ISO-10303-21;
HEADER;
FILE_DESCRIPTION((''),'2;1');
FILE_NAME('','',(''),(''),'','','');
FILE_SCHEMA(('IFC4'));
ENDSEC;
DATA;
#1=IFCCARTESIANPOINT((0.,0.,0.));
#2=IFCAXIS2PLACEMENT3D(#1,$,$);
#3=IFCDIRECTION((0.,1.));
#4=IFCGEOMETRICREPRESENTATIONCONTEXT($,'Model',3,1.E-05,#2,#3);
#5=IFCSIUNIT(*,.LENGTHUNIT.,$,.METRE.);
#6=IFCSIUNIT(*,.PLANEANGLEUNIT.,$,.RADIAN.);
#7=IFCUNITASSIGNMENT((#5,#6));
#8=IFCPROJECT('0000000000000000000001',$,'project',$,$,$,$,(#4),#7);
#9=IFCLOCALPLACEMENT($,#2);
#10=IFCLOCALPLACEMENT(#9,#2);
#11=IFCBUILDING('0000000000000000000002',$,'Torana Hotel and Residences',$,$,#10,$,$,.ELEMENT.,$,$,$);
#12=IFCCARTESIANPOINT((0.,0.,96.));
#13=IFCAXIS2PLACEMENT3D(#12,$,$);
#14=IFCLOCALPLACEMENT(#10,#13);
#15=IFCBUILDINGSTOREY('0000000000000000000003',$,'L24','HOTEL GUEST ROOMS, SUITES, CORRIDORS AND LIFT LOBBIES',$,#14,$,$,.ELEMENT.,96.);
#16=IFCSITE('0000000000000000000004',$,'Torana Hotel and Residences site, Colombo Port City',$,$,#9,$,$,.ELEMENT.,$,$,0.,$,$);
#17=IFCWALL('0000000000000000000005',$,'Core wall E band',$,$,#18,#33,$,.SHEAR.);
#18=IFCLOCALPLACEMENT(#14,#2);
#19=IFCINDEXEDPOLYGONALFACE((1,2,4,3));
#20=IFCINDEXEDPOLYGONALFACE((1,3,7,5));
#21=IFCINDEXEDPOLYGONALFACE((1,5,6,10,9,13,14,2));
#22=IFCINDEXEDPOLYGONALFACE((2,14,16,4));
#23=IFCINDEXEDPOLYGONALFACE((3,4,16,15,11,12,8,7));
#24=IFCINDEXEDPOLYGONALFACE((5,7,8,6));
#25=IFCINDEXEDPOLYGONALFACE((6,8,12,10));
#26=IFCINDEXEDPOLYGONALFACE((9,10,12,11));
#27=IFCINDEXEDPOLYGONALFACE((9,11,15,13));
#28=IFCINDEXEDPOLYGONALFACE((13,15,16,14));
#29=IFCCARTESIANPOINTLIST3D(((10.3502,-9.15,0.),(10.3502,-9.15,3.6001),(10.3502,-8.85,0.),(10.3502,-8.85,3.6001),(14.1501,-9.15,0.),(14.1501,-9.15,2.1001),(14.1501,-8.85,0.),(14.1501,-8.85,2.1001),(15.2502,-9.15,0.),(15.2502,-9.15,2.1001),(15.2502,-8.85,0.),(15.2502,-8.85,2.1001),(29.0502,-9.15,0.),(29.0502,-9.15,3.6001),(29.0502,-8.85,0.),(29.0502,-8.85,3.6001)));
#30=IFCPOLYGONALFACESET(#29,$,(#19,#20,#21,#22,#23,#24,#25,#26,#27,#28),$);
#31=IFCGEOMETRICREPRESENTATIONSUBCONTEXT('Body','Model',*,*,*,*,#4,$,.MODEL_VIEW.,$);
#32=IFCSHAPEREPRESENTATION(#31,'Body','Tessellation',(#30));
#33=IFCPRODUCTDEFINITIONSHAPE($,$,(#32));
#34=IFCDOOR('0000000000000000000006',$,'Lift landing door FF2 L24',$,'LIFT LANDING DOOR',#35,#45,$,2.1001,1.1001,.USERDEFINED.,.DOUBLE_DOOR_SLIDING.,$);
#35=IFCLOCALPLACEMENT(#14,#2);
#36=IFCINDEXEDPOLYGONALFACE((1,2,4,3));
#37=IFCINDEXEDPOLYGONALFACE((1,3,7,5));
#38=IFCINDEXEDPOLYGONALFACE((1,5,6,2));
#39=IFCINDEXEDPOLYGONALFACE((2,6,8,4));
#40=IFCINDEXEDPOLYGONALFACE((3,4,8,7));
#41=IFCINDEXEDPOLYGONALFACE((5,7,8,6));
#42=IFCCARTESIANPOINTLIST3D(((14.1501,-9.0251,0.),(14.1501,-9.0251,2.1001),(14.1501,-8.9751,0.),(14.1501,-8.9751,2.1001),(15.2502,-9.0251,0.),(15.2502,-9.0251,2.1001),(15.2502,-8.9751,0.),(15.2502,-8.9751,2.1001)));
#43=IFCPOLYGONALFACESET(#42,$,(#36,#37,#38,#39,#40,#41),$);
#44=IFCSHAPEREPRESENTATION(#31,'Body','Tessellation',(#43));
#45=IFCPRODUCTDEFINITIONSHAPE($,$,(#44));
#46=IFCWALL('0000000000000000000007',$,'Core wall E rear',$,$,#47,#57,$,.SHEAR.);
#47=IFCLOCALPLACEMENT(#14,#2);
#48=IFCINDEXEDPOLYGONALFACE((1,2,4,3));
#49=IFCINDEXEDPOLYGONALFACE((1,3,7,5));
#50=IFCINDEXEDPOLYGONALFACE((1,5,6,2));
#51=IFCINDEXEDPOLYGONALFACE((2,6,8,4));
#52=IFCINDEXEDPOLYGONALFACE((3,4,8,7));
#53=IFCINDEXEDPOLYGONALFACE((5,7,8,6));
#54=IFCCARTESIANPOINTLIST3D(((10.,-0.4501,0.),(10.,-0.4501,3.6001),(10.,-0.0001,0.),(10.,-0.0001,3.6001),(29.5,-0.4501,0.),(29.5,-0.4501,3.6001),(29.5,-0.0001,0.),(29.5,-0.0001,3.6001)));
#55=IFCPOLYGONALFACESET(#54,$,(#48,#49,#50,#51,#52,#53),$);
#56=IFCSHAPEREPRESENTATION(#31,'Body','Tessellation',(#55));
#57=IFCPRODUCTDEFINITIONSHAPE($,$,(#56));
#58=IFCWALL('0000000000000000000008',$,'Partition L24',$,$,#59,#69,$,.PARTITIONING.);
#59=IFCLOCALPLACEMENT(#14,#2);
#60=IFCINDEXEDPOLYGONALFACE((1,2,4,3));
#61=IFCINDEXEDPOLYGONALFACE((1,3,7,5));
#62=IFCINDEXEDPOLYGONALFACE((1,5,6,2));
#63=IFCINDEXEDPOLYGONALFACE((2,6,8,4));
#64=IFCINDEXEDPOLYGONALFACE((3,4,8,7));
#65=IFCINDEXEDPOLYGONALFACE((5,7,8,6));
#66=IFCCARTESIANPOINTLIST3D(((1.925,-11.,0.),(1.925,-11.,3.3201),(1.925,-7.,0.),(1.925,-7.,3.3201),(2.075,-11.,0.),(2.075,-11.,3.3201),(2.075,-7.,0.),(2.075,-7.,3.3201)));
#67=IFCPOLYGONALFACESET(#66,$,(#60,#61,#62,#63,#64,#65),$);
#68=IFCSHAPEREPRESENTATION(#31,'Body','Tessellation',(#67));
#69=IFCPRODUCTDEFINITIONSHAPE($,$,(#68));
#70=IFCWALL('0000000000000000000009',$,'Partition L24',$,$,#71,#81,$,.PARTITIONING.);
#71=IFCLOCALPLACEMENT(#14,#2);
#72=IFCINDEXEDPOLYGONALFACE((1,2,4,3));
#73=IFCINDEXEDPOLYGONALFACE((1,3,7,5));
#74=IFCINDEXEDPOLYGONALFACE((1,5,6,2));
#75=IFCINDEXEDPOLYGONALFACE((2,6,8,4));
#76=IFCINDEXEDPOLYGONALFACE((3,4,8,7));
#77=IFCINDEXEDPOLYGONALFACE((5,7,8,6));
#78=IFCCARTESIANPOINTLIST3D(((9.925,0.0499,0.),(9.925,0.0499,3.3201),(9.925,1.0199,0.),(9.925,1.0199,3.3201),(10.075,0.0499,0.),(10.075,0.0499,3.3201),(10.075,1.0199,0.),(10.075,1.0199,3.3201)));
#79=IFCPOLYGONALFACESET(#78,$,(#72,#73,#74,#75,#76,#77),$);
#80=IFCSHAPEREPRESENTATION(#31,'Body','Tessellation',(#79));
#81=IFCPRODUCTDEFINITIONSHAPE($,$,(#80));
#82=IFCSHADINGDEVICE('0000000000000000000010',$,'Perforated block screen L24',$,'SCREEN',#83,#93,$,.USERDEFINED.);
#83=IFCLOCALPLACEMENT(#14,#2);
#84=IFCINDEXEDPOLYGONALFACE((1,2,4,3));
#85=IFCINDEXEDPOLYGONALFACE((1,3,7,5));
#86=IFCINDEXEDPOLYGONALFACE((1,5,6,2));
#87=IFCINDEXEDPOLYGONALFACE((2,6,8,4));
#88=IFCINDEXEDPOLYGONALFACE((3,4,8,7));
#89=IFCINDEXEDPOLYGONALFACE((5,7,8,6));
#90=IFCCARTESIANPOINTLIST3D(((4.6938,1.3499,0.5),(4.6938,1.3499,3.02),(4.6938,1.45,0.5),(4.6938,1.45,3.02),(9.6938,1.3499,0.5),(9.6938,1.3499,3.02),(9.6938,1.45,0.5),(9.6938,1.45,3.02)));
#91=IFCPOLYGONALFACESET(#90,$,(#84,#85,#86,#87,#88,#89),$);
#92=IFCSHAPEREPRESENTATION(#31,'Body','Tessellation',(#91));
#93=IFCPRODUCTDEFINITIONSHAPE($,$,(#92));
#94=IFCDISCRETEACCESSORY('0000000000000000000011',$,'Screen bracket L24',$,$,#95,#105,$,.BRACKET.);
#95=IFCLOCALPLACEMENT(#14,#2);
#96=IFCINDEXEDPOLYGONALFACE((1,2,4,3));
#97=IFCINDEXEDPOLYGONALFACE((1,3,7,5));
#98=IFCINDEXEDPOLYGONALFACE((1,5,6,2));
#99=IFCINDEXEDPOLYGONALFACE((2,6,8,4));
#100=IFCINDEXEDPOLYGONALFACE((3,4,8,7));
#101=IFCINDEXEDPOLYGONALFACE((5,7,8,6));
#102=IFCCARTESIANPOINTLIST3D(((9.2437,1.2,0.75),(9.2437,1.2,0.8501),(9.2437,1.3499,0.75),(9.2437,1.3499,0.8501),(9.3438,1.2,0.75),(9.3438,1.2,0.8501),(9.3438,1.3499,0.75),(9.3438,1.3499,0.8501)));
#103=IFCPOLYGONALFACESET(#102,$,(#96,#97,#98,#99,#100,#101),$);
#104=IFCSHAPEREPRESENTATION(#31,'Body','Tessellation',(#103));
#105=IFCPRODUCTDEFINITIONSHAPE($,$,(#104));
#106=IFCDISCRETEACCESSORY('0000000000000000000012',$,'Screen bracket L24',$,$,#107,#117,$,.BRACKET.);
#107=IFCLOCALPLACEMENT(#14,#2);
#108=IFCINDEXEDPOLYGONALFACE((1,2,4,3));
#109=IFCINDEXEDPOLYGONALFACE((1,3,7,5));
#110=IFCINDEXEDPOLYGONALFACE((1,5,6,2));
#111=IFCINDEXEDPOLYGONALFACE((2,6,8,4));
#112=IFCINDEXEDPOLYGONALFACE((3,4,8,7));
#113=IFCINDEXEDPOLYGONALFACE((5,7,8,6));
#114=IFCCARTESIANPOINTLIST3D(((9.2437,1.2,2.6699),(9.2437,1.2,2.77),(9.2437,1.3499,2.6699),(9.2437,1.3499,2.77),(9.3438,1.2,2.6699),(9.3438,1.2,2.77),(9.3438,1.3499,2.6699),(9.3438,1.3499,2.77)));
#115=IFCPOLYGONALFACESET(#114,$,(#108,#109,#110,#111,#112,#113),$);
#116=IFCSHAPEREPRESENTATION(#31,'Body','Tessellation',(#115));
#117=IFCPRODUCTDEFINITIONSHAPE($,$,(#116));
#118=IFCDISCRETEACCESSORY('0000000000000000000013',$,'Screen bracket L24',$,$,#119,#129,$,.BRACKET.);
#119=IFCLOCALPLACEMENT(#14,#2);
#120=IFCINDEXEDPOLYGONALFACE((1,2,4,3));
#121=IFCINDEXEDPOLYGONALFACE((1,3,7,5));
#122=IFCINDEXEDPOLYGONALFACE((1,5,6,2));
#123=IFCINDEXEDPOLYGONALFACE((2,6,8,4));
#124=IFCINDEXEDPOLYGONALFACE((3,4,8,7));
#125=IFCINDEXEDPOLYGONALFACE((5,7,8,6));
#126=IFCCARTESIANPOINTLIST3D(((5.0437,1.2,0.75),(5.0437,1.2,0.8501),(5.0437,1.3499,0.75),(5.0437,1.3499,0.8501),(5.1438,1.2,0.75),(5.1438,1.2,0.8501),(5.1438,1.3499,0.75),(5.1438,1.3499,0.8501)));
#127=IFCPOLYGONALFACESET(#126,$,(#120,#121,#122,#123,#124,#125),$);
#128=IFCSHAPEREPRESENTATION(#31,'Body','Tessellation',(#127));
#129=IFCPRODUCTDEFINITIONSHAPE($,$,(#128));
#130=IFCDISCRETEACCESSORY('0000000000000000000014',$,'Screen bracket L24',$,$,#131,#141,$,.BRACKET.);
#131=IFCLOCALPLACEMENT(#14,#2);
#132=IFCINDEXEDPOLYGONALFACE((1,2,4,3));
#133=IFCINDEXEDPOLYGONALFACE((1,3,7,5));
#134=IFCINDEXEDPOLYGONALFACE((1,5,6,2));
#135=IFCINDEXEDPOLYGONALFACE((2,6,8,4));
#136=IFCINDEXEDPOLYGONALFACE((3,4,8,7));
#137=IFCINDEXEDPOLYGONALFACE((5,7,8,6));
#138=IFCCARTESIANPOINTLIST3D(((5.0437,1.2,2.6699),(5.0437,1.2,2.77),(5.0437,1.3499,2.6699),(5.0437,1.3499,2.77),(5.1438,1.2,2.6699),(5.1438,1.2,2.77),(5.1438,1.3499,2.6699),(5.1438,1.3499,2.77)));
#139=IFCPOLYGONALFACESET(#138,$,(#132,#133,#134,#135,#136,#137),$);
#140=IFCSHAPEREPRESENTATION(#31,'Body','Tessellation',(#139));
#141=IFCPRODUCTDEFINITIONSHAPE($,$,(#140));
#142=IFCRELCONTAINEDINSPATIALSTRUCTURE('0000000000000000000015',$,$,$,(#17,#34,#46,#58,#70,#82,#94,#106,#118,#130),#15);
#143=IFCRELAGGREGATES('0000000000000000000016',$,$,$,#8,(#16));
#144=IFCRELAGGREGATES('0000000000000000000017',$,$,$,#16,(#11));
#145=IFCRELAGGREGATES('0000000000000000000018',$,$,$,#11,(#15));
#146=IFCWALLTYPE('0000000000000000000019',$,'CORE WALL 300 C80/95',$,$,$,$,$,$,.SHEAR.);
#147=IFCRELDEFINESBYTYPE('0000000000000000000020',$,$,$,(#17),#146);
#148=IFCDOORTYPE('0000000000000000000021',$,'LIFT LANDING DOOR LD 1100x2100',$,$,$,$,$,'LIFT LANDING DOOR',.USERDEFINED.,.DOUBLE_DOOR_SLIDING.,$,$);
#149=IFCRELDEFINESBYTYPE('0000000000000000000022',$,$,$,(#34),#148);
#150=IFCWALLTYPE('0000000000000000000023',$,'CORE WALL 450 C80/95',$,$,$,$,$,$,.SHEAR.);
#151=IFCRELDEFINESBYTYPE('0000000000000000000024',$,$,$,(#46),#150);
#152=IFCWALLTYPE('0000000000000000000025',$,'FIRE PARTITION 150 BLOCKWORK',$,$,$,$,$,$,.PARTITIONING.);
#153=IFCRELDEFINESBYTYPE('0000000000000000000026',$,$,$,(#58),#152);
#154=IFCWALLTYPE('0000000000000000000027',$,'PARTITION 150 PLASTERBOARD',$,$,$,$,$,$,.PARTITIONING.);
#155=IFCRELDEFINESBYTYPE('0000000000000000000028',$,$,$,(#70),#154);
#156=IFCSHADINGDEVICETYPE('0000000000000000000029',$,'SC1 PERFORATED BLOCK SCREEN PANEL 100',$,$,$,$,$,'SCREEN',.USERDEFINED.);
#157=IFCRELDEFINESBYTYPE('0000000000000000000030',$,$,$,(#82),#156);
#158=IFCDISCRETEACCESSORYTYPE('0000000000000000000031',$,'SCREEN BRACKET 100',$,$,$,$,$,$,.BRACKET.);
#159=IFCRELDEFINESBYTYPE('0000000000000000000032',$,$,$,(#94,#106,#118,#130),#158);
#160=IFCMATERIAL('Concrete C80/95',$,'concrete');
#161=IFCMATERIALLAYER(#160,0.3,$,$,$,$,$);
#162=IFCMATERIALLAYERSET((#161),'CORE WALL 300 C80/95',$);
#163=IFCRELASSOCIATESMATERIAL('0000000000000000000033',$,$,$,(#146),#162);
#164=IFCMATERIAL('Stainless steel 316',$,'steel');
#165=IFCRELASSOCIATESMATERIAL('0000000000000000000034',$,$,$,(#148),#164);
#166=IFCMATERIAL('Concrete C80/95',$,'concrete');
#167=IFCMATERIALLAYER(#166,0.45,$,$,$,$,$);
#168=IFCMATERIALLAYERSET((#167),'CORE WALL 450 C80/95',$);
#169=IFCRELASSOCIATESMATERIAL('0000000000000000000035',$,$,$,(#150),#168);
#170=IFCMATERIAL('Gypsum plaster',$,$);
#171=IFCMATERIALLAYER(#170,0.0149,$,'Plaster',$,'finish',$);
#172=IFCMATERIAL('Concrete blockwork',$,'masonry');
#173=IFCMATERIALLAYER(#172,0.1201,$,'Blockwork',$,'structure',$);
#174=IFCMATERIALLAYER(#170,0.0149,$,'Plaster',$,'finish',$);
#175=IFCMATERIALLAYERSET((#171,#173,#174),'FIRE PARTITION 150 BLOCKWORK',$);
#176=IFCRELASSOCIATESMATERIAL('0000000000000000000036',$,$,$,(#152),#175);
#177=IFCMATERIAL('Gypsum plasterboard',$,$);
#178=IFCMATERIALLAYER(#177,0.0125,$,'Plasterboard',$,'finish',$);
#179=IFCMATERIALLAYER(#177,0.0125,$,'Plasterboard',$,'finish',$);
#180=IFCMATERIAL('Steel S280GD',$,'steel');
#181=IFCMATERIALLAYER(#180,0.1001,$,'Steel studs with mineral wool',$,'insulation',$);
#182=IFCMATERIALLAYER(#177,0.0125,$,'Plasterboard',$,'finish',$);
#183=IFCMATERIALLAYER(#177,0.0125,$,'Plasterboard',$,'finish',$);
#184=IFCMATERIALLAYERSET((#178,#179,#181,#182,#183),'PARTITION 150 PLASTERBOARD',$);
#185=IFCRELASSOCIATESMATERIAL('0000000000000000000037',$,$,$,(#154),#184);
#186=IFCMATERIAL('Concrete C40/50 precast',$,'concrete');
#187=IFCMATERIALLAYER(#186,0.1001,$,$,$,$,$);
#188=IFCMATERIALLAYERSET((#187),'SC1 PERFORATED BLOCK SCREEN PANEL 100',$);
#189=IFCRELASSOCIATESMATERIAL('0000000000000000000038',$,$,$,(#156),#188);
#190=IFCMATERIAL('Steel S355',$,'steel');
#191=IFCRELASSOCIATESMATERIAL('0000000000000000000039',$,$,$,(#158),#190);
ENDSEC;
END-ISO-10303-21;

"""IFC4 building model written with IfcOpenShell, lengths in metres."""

from ifc_helpers import new_model, si_unit, direction, frame, frame_2d, origin, origin_2d, place, context, subcontext, project, spatial, rectangle, extrude, material, layer, layer_set, type_object, element, fill, save


model = new_model("IFC4")

# Units and contexts
model_context = context("Model", 3, precision=1e-05, world=origin(), true_north=direction((0.0, 1.0)))
body_context = subcontext(model_context, "Body", "Model", "MODEL_VIEW")
ifc_project = project(units=[si_unit("LENGTHUNIT", "METRE"), si_unit("PLANEANGLEUNIT", "RADIAN")], contexts=[model_context])

# Site, building, storey
site_placement = place(None, origin())
site = spatial("IfcSite", under=ifc_project, at=site_placement, Name="Torana Hotel and Residences site, Colombo Port City", CompositionType="ELEMENT", RefElevation=0.0)
building_placement = place(site_placement, origin())
building = spatial("IfcBuilding", under=site, at=building_placement, Name="Torana Hotel and Residences", CompositionType="ELEMENT")
storey_placement = place(building_placement, frame((0.0, 0.0, 96.0)))
storey = spatial("IfcBuildingStorey", under=building, at=storey_placement, Name="L24", Description="HOTEL GUEST ROOMS, SUITES, CORRIDORS AND LIFT LOBBIES", CompositionType="ELEMENT", Elevation=96.0)

# Wall, opening, door
ifc_material_1 = material(Name="Concrete C80/95", Category="concrete")
ifc_layer_1 = layer(ifc_material_1, 0.3)
ifc_layer_set_1 = layer_set([ifc_layer_1], Name="CORE WALL 300 C80/95")
wall_type_1 = type_object("IfcWallType", Name="CORE WALL 300 C80/95", PredefinedType="SHEAR", material=ifc_layer_set_1)
wall_1_placement = place(storey_placement, frame((10.3501, -9.0, 0.0), z_axis=(0.0, 0.0, 1.0), x_axis=(1.0, 0.0, 0.0)))
wall_1 = element("IfcWall", 1, at=wall_1_placement, inside=storey, type_object=wall_type_1, Name="Core wall E band", PredefinedType="SHEAR", context=body_context, shape_type="SweptSolid", body=[
    extrude(rectangle(XDim=18.7, YDim=0.3, at=frame_2d((9.3501, 0.0))), origin(), (0.0, 0.0, 1.0), 3.6001),
])
opening_placement = place(wall_1_placement, frame((3.8, 0.0, 0.0)))
opening = element("IfcOpeningElement", 2, at=opening_placement, cuts=wall_1, PredefinedType="OPENING", context=body_context, shape_type="SweptSolid", body=[
    extrude(rectangle(XDim=1.1001, YDim=2.1001, at=frame_2d((0.55, 1.05))), frame((0.0, 0.1599, 0.0), z_axis=(0.0, -1.0, 0.0), x_axis=(1.0, 0.0, 0.0)), (0.0, 0.0, 1.0), 0.3201),
])
ifc_material_2 = material(Name="Stainless steel 316", Category="steel")
door_type = type_object("IfcDoorType", Name="LIFT LANDING DOOR LD 1100x2100", ElementType="LIFT LANDING DOOR", OperationType="DOUBLE_DOOR_SLIDING", PredefinedType="USERDEFINED", material=ifc_material_2)
door_placement = place(opening_placement, origin())
door = element("IfcDoor", 3, at=door_placement, inside=storey, type_object=door_type, Name="Lift landing door FF2 L24", ObjectType="LIFT LANDING DOOR", OperationType="DOUBLE_DOOR_SLIDING", OverallHeight=2.1001, OverallWidth=1.1001, PredefinedType="USERDEFINED", context=body_context, shape_type="SweptSolid", body=[
    extrude(rectangle(XDim=1.1001, YDim=2.1001, at=frame_2d((0.55, 1.05))), frame((0.0, 0.0249, 0.0), z_axis=(0.0, -1.0, 0.0), x_axis=(1.0, 0.0, 0.0)), (0.0, 0.0, 1.0), 0.05),
])
fill(opening, door)

# Walls
ifc_material_3 = material(Name="Concrete C80/95", Category="concrete")
ifc_layer_2 = layer(ifc_material_3, 0.45)
ifc_layer_set_2 = layer_set([ifc_layer_2], Name="CORE WALL 450 C80/95")
wall_type_2 = type_object("IfcWallType", Name="CORE WALL 450 C80/95", PredefinedType="SHEAR", material=ifc_layer_set_2)
wall_2_placement = place(storey_placement, frame((10.0, -0.2251, 0.0), z_axis=(0.0, 0.0, 1.0), x_axis=(1.0, 0.0, 0.0)))
element("IfcWall", 4, at=wall_2_placement, inside=storey, type_object=wall_type_2, Name="Core wall E rear", PredefinedType="SHEAR", context=body_context, shape_type="SweptSolid", body=[
    extrude(rectangle(XDim=19.5, YDim=0.45, at=frame_2d((9.75, 0.0))), origin(), (0.0, 0.0, 1.0), 3.6001),
])
ifc_material_4 = material(Name="Gypsum plaster")
ifc_layer_3 = layer(ifc_material_4, 0.0149, Name="Plaster", Category="finish")
ifc_material_5 = material(Name="Concrete blockwork", Category="masonry")
ifc_layer_4 = layer(ifc_material_5, 0.1201, Name="Blockwork", Category="structure")
ifc_layer_5 = layer(ifc_material_4, 0.0149, Name="Plaster", Category="finish")
ifc_layer_set_3 = layer_set([ifc_layer_3, ifc_layer_4, ifc_layer_5], Name="FIRE PARTITION 150 BLOCKWORK")
wall_type_3 = type_object("IfcWallType", Name="FIRE PARTITION 150 BLOCKWORK", PredefinedType="PARTITIONING", material=ifc_layer_set_3)
wall_3_placement = place(storey_placement, frame((2.0, -11.0, 0.0), z_axis=(0.0, 0.0, 1.0), x_axis=(0.0, 1.0, 0.0)))
element("IfcWall", 5, at=wall_3_placement, inside=storey, type_object=wall_type_3, Name="Partition L24", PredefinedType="PARTITIONING", context=body_context, shape_type="SweptSolid", body=[
    extrude(rectangle(XDim=4.0, YDim=0.1499, at=frame_2d((2.0, 0.0))), origin(), (0.0, 0.0, 1.0), 3.3201),
])
ifc_material_6 = material(Name="Gypsum plasterboard")
ifc_layer_6 = layer(ifc_material_6, 0.0125, Name="Plasterboard", Category="finish")
ifc_layer_7 = layer(ifc_material_6, 0.0125, Name="Plasterboard", Category="finish")
ifc_material_7 = material(Name="Steel S280GD", Category="steel")
ifc_layer_8 = layer(ifc_material_7, 0.1001, Name="Steel studs with mineral wool", Category="insulation")
ifc_layer_9 = layer(ifc_material_6, 0.0125, Name="Plasterboard", Category="finish")
ifc_layer_10 = layer(ifc_material_6, 0.0125, Name="Plasterboard", Category="finish")
ifc_layer_set_4 = layer_set([ifc_layer_6, ifc_layer_7, ifc_layer_8, ifc_layer_9, ifc_layer_10], Name="PARTITION 150 PLASTERBOARD")
wall_type_4 = type_object("IfcWallType", Name="PARTITION 150 PLASTERBOARD", PredefinedType="PARTITIONING", material=ifc_layer_set_4)
wall_4_placement = place(storey_placement, frame((10.0, 0.05, 0.0), z_axis=(0.0, 0.0, 1.0), x_axis=(0.0, 1.0, 0.0)))
element("IfcWall", 6, at=wall_4_placement, inside=storey, type_object=wall_type_4, Name="Partition L24", PredefinedType="PARTITIONING", context=body_context, shape_type="SweptSolid", body=[
    extrude(rectangle(XDim=0.97, YDim=0.1499, at=frame_2d((0.4849, 0.0))), origin(), (0.0, 0.0, 1.0), 3.3201),
])

# Shading device
ifc_material_8 = material(Name="Concrete C40/50 precast", Category="concrete")
ifc_layer_11 = layer(ifc_material_8, 0.1001)
ifc_layer_set_5 = layer_set([ifc_layer_11], Name="SC1 PERFORATED BLOCK SCREEN PANEL 100")
shading_device_type = type_object("IfcShadingDeviceType", Name="SC1 PERFORATED BLOCK SCREEN PANEL 100", ElementType="SCREEN", PredefinedType="USERDEFINED", material=ifc_layer_set_5)
shading_device_placement = place(storey_placement, frame((7.1938, 1.3999, 0.5), z_axis=(0.0, 0.0, 1.0), x_axis=(-1.0, 0.0, 0.0)))
element("IfcShadingDevice", 7, at=shading_device_placement, inside=storey, type_object=shading_device_type, Name="Perforated block screen L24", ObjectType="SCREEN", PredefinedType="USERDEFINED", context=body_context, shape_type="SweptSolid", body=[
    extrude(rectangle(XDim=5.0, YDim=0.1001, at=origin_2d()), origin(), (0.0, 0.0, 1.0), 2.52),
])

# Discrete accessories
ifc_material_9 = material(Name="Steel S355", Category="steel")
discrete_accessory_type = type_object("IfcDiscreteAccessoryType", Name="SCREEN BRACKET 100", PredefinedType="BRACKET", material=ifc_material_9)
for number, where, z_axis, x_axis, name in (
    (8, (9.2937, 1.2749, 0.75), (0.0, 0.0, 1.0), (-1.0, 0.0, 0.0), "Screen bracket L24"),
    (9, (9.2937, 1.2749, 2.6699), (0.0, 0.0, 1.0), (-1.0, 0.0, 0.0), "Screen bracket L24"),
    (10, (5.0938, 1.2749, 0.75), (0.0, 0.0, 1.0), (-1.0, 0.0, 0.0), "Screen bracket L24"),
    (11, (5.0938, 1.2749, 2.6699), (0.0, 0.0, 1.0), (-1.0, 0.0, 0.0), "Screen bracket L24"),
):
    element("IfcDiscreteAccessory", number, at=place(storey_placement, frame(where, z_axis=z_axis, x_axis=x_axis)), inside=storey, type_object=discrete_accessory_type, Name=name, PredefinedType="BRACKET", context=body_context, shape_type="SweptSolid", body=[
        extrude(rectangle(XDim=0.1001, YDim=0.1499, at=origin_2d()), origin(), (0.0, 0.0, 1.0), 0.1001),
    ])

save(model, "model.ifc")
